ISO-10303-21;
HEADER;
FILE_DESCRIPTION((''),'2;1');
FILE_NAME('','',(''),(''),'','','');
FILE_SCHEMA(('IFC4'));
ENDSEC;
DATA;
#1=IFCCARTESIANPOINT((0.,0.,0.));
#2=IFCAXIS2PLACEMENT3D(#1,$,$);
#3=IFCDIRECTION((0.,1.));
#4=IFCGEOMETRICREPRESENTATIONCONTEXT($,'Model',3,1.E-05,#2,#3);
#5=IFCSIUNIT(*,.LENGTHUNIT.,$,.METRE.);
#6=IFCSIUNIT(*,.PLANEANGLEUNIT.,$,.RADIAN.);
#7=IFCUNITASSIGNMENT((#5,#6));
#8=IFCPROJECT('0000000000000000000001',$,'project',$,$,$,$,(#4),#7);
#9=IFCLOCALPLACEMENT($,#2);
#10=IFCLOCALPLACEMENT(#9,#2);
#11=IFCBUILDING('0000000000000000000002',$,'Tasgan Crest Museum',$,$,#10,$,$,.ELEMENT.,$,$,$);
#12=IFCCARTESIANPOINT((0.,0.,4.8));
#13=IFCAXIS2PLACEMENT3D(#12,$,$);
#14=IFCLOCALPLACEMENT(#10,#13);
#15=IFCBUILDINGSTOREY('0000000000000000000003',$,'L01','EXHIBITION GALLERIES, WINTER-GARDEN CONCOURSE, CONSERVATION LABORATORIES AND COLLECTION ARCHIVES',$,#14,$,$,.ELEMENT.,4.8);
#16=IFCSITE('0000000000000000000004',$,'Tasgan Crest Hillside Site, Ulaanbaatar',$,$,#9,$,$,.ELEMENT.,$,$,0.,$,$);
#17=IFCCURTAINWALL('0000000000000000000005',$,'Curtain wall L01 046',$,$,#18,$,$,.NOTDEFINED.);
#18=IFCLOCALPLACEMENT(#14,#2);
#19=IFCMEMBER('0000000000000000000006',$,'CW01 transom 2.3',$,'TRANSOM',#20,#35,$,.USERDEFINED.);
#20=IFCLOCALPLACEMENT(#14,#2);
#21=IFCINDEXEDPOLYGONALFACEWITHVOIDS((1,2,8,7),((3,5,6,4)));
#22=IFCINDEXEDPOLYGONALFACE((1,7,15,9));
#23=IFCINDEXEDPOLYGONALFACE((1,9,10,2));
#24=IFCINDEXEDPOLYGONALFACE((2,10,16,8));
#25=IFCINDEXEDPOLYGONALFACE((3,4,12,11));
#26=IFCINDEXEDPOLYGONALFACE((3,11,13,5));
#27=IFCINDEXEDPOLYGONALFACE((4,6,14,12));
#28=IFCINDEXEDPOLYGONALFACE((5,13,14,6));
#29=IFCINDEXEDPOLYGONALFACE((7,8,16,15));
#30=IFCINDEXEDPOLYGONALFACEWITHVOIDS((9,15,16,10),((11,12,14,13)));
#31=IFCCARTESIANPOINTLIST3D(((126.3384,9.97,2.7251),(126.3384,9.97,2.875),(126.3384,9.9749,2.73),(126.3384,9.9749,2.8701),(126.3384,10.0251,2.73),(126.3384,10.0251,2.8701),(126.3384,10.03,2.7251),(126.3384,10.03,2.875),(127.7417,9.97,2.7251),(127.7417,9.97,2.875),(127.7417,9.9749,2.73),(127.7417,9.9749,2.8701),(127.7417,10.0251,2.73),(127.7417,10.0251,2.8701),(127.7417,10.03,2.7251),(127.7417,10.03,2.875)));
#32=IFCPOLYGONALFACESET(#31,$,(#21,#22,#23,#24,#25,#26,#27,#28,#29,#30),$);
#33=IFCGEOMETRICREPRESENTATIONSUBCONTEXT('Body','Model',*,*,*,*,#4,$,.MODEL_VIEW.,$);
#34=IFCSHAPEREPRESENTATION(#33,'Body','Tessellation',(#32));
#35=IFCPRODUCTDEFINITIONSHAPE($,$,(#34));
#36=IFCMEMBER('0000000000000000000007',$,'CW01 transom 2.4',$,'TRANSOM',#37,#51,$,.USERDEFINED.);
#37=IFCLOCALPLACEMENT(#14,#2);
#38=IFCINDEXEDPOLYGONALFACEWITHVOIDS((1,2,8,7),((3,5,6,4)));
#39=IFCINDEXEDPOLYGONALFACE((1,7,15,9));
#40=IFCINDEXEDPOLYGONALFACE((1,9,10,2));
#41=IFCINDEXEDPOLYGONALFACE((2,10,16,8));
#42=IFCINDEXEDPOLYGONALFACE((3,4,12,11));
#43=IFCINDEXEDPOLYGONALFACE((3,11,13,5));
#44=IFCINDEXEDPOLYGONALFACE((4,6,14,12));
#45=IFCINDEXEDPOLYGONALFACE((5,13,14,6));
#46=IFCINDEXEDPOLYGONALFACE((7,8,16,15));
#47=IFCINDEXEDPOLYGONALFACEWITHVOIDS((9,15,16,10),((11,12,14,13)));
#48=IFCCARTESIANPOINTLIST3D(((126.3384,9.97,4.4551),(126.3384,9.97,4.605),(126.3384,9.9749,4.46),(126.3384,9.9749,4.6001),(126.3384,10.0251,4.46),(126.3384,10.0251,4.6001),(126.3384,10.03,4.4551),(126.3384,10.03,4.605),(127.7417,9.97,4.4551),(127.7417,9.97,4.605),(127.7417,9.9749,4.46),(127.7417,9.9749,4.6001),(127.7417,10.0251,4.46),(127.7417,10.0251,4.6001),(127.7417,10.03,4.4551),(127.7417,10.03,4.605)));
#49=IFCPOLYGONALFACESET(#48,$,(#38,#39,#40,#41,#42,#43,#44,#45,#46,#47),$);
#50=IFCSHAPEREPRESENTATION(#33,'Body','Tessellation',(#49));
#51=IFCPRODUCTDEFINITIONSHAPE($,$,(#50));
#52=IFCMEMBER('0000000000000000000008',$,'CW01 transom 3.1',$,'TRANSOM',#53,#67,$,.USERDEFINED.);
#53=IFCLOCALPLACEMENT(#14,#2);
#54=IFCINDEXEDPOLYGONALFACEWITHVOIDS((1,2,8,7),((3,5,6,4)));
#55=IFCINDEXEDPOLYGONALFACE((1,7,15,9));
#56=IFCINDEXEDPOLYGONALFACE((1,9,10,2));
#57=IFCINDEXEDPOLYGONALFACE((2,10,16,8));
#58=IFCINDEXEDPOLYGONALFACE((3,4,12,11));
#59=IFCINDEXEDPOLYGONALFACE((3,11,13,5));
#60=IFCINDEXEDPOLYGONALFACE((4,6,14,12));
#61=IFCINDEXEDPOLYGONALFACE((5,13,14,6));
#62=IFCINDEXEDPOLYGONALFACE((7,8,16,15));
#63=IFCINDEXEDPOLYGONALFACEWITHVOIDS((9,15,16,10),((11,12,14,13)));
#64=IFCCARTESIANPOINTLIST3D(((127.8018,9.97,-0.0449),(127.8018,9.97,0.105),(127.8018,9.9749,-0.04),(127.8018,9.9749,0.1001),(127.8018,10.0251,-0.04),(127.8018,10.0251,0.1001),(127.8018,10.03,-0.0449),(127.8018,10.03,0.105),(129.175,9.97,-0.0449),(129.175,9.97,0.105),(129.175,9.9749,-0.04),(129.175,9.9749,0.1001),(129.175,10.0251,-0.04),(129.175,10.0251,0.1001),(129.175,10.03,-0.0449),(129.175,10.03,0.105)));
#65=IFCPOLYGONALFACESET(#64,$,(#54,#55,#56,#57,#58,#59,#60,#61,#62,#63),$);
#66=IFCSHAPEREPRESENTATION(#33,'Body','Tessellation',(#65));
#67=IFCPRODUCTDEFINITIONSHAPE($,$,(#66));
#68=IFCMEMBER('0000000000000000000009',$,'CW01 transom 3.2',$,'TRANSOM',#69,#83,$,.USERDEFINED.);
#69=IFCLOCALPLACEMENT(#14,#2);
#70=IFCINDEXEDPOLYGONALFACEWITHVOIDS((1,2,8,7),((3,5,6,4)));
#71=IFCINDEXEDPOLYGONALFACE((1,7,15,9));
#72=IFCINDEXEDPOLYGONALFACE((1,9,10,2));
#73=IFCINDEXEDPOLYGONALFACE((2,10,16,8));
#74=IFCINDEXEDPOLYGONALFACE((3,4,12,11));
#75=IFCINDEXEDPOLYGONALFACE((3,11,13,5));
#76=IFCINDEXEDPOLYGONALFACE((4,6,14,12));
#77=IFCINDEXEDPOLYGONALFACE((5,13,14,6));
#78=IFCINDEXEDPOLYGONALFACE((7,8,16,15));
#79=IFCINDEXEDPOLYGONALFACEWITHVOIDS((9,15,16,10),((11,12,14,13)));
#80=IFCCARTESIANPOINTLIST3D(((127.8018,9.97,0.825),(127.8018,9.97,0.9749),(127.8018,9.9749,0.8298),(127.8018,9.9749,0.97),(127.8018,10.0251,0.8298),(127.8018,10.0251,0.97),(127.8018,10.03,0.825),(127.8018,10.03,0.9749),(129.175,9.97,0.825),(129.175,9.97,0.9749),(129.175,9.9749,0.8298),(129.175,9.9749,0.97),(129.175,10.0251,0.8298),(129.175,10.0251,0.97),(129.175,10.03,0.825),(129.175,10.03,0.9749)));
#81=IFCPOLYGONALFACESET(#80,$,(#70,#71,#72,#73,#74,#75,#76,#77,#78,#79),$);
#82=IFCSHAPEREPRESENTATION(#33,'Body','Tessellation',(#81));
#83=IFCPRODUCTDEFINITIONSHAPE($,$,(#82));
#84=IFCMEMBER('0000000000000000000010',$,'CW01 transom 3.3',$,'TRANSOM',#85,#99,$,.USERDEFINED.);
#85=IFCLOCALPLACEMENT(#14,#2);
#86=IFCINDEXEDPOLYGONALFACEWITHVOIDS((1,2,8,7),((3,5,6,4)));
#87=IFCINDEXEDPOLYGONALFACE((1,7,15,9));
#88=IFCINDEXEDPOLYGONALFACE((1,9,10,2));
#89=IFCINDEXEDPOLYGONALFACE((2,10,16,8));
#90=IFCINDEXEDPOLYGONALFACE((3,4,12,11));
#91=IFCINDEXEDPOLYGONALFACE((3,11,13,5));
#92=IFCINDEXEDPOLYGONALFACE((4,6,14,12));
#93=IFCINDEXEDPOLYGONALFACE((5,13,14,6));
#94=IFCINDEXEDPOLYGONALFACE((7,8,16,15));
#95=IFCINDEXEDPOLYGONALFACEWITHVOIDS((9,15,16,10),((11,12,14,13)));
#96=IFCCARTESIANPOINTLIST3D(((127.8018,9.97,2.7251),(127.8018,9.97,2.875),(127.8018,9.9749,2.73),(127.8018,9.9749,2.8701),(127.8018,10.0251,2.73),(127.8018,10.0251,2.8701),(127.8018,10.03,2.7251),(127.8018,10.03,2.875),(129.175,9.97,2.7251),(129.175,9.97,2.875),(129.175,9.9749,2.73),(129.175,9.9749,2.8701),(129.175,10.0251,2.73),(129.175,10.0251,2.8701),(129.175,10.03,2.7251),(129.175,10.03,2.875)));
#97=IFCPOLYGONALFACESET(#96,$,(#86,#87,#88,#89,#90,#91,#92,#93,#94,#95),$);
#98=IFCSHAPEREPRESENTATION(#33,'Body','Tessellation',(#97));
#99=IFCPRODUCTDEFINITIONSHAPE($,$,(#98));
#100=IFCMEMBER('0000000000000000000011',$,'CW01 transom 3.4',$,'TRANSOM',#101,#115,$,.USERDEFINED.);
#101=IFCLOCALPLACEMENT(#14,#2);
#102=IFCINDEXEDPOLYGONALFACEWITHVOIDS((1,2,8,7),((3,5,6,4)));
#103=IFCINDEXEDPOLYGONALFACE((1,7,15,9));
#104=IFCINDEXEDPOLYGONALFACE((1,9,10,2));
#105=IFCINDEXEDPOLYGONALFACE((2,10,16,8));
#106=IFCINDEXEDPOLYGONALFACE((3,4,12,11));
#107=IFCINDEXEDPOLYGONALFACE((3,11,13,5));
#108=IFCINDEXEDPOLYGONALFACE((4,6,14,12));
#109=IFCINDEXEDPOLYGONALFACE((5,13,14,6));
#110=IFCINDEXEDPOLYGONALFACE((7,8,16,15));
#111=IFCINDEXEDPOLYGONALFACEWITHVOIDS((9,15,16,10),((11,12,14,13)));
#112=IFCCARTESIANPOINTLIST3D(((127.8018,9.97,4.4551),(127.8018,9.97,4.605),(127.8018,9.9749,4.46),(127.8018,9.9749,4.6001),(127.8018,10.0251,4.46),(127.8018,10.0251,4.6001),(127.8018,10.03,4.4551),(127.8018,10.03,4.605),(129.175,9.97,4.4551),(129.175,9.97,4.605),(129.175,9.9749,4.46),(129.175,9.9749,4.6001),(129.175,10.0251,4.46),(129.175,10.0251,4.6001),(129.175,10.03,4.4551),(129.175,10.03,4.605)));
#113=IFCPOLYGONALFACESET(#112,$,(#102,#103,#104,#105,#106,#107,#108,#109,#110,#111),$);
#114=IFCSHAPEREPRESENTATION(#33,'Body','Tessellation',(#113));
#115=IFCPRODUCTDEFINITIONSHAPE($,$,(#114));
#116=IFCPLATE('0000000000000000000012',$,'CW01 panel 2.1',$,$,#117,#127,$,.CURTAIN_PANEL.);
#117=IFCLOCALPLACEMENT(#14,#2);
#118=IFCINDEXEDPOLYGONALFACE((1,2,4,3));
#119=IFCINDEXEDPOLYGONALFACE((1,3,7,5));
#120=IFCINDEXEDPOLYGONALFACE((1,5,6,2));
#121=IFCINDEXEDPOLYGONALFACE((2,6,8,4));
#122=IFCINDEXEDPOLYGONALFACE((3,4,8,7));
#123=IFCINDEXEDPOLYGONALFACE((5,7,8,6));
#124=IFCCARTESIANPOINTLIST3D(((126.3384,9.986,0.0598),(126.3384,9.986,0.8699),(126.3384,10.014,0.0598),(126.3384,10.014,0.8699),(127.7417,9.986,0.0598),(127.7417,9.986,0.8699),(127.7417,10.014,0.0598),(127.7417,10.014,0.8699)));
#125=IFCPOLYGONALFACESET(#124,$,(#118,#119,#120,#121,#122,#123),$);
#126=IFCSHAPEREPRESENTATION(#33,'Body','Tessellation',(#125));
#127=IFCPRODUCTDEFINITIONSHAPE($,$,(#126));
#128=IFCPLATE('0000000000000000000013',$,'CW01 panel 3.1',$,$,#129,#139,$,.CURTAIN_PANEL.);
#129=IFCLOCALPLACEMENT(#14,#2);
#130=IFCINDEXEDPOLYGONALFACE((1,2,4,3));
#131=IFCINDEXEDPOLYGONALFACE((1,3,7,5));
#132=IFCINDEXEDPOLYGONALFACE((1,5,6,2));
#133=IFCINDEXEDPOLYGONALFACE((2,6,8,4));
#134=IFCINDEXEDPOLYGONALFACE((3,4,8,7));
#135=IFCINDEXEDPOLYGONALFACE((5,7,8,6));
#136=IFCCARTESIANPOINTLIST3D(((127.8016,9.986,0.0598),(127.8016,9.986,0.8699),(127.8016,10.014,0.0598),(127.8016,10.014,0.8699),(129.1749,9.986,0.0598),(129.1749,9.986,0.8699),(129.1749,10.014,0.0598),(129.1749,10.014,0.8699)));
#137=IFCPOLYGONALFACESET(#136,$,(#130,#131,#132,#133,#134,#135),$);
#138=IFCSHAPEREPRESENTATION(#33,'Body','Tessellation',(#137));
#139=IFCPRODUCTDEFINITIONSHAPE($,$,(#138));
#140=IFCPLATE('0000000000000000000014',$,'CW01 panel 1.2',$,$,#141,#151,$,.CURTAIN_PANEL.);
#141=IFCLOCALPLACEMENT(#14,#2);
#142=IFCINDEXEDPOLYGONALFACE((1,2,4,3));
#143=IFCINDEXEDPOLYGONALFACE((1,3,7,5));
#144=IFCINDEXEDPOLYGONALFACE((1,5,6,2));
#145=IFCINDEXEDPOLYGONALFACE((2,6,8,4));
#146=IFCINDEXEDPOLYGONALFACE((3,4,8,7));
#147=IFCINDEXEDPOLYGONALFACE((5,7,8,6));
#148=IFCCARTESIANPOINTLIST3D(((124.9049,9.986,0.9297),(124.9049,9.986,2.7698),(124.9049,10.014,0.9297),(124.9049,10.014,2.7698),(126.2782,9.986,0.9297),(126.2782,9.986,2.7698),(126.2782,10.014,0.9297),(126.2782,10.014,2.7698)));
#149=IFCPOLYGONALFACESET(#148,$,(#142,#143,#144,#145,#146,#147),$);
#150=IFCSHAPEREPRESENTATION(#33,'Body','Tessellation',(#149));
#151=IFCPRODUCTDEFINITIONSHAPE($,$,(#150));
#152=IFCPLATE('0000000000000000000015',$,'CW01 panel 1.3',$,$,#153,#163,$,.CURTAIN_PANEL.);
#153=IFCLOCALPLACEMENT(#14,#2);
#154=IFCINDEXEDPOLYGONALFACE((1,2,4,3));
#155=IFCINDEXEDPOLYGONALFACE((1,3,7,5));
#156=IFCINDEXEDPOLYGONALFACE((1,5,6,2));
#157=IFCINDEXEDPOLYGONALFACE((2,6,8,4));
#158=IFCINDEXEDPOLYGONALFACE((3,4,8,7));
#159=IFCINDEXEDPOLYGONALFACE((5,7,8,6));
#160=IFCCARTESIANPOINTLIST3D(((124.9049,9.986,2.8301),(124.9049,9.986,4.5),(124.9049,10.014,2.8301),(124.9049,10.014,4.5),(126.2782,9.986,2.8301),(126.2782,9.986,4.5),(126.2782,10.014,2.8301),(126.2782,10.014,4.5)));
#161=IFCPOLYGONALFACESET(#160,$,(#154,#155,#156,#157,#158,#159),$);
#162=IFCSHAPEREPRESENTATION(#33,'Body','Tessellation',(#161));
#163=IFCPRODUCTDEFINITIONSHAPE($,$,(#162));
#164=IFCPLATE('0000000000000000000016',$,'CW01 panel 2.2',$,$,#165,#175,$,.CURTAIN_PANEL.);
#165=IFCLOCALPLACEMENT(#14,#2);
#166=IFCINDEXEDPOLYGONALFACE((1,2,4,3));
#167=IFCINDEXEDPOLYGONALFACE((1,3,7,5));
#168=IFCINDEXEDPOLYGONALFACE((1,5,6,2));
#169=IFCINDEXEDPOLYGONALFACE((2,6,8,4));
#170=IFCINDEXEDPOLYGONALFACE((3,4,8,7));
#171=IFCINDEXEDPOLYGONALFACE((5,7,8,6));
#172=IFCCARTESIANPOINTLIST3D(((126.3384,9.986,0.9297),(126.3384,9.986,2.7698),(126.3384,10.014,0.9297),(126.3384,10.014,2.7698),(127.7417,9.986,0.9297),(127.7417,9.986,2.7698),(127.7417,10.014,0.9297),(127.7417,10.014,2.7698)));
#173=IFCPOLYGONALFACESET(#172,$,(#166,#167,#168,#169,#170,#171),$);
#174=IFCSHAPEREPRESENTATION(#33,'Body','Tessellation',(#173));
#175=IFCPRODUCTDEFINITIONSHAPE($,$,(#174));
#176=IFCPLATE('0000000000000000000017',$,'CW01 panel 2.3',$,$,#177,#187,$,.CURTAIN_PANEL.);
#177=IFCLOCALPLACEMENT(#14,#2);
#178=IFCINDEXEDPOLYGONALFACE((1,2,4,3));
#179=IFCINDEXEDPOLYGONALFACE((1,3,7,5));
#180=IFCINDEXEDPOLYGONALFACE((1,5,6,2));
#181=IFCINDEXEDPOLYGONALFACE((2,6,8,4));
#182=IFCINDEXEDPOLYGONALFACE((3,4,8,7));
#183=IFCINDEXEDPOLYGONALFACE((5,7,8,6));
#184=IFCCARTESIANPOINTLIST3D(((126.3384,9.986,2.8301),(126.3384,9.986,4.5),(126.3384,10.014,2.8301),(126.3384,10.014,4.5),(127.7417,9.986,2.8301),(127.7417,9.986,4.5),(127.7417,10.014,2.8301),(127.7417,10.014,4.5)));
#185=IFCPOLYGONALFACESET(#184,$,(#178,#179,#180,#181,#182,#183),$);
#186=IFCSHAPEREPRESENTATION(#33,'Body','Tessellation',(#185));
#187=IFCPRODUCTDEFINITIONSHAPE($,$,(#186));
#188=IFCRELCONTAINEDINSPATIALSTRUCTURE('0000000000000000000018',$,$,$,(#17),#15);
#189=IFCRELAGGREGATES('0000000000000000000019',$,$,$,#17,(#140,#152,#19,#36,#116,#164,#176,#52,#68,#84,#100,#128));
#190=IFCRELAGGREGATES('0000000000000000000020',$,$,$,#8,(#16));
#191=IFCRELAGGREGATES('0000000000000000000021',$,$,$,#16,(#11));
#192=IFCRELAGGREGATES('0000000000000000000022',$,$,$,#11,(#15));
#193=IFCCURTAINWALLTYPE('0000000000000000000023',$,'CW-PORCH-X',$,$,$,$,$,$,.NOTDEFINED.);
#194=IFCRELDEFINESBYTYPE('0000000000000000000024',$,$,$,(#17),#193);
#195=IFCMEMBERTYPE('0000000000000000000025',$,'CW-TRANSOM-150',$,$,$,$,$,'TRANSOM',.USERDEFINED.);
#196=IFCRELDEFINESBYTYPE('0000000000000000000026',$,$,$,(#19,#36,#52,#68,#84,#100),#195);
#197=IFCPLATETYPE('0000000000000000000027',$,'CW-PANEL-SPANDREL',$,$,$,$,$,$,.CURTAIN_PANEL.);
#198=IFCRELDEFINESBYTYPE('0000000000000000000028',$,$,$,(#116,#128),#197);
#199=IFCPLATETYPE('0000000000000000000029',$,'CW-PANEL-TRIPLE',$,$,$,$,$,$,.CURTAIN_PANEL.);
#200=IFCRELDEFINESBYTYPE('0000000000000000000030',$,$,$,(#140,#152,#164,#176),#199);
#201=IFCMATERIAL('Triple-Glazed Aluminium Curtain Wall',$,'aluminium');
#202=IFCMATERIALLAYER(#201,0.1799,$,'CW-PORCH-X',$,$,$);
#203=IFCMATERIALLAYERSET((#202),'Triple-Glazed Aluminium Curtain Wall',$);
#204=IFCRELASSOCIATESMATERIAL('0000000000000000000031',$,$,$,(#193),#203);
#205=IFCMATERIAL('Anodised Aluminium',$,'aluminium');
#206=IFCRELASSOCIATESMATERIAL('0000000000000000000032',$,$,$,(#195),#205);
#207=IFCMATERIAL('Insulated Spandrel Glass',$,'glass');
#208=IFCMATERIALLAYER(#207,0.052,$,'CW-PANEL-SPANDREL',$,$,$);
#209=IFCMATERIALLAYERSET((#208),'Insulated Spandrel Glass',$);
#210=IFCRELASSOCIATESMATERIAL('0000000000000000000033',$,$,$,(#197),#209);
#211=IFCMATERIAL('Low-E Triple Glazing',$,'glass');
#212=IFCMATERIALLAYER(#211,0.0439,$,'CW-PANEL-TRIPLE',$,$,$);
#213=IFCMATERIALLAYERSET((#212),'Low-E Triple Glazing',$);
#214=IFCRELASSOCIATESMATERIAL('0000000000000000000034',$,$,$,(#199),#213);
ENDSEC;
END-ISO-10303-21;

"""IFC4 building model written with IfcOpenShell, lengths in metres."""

from ifc_helpers import new_model, si_unit, direction, frame, origin, origin_2d, place, context, subcontext, project, spatial, rectangle, hollow_rectangle, extrude, material, layer, layer_set, material_profile, profile_set, type_object, element, aggregate, save


model = new_model("IFC4")

# Units and contexts
model_context = context("Model", 3, precision=1e-05, world=origin(), true_north=direction((0.0, 1.0)))
body_context = subcontext(model_context, "Body", "Model", "MODEL_VIEW")
ifc_project = project(units=[si_unit("LENGTHUNIT", "METRE"), si_unit("PLANEANGLEUNIT", "RADIAN")], contexts=[model_context])

# Site, building, storey
site_placement = place(None, origin())
site = spatial("IfcSite", under=ifc_project, at=site_placement, Name="Tasgan Crest Hillside Site, Ulaanbaatar", CompositionType="ELEMENT", RefElevation=0.0)
building_placement = place(site_placement, origin())
building = spatial("IfcBuilding", under=site, at=building_placement, Name="Tasgan Crest Museum", CompositionType="ELEMENT")
storey_placement = place(building_placement, frame((0.0, 0.0, 4.8)))
storey = spatial("IfcBuildingStorey", under=building, at=storey_placement, Name="L01", Description="EXHIBITION GALLERIES, WINTER-GARDEN CONCOURSE, CONSERVATION LABORATORIES AND COLLECTION ARCHIVES", CompositionType="ELEMENT", Elevation=4.8)

# Curtain wall, members, plates
ifc_material_1 = material(Name="Triple-Glazed Aluminium Curtain Wall", Category="aluminium")
ifc_layer_1 = layer(ifc_material_1, 0.1799, Name="CW-PORCH-X")
ifc_layer_set_1 = layer_set([ifc_layer_1], Name="Triple-Glazed Aluminium Curtain Wall")
curtain_wall_type = type_object("IfcCurtainWallType", Name="CW-PORCH-X", PredefinedType="NOTDEFINED", material=ifc_layer_set_1)
curtain_wall_placement = place(storey_placement, origin())
curtain_wall = element("IfcCurtainWall", 1, at=curtain_wall_placement, inside=storey, type_object=curtain_wall_type, Name="Curtain wall L01 046", PredefinedType="NOTDEFINED")
ifc_material_2 = material(Name="Anodised Aluminium", Category="aluminium")
ifc_material_profile_1 = material_profile(ifc_material_2, hollow_rectangle(XDim=0.0601, YDim=0.1499, WallThickness=0.0049, at=origin_2d()), Name="ALU TRANSOM 150x60x5")
ifc_profile_set_1 = profile_set([ifc_material_profile_1], Name="Anodised Aluminium")
member_type_1 = type_object("IfcMemberType", Name="CW-TRANSOM-150", ElementType="TRANSOM", PredefinedType="USERDEFINED", material=ifc_profile_set_1)
member_1_placement = place(storey_placement, frame((126.3384, 10.0, 2.8), z_axis=(1.0, 0.0, 0.0), x_axis=(0.0, 1.0, 0.0)))
member_1 = element("IfcMember", 2, at=member_1_placement, type_object=member_type_1, Name="CW01 transom 2.3", ObjectType="TRANSOM", PredefinedType="USERDEFINED", context=body_context, shape_type="SweptSolid", body=[
    extrude(hollow_rectangle(XDim=0.0601, YDim=0.1499, WallThickness=0.0049, at=origin_2d()), origin(), (0.0, 0.0, 1.0), 1.4033),
])
member_2_placement = place(storey_placement, frame((126.3384, 10.0, 4.53), z_axis=(1.0, 0.0, 0.0), x_axis=(0.0, 1.0, 0.0)))
member_2 = element("IfcMember", 3, at=member_2_placement, type_object=member_type_1, Name="CW01 transom 2.4", ObjectType="TRANSOM", PredefinedType="USERDEFINED", context=body_context, shape_type="SweptSolid", body=[
    extrude(hollow_rectangle(XDim=0.0601, YDim=0.1499, WallThickness=0.0049, at=origin_2d()), origin(), (0.0, 0.0, 1.0), 1.4033),
])
member_3_placement = place(storey_placement, frame((127.8018, 10.0, 0.03), z_axis=(1.0, 0.0, 0.0), x_axis=(0.0, 1.0, 0.0)))
member_3 = element("IfcMember", 4, at=member_3_placement, type_object=member_type_1, Name="CW01 transom 3.1", ObjectType="TRANSOM", PredefinedType="USERDEFINED", context=body_context, shape_type="SweptSolid", body=[
    extrude(hollow_rectangle(XDim=0.0601, YDim=0.1499, WallThickness=0.0049, at=origin_2d()), origin(), (0.0, 0.0, 1.0), 1.3733),
])
member_4_placement = place(storey_placement, frame((127.8018, 10.0, 0.8999), z_axis=(1.0, 0.0, 0.0), x_axis=(0.0, 1.0, 0.0)))
member_4 = element("IfcMember", 5, at=member_4_placement, type_object=member_type_1, Name="CW01 transom 3.2", ObjectType="TRANSOM", PredefinedType="USERDEFINED", context=body_context, shape_type="SweptSolid", body=[
    extrude(hollow_rectangle(XDim=0.0601, YDim=0.1499, WallThickness=0.0049, at=origin_2d()), origin(), (0.0, 0.0, 1.0), 1.3733),
])
member_5_placement = place(storey_placement, frame((127.8018, 10.0, 2.8), z_axis=(1.0, 0.0, 0.0), x_axis=(0.0, 1.0, 0.0)))
member_5 = element("IfcMember", 6, at=member_5_placement, type_object=member_type_1, Name="CW01 transom 3.3", ObjectType="TRANSOM", PredefinedType="USERDEFINED", context=body_context, shape_type="SweptSolid", body=[
    extrude(hollow_rectangle(XDim=0.0601, YDim=0.1499, WallThickness=0.0049, at=origin_2d()), origin(), (0.0, 0.0, 1.0), 1.3733),
])
member_6_placement = place(storey_placement, frame((127.8018, 10.0, 4.53), z_axis=(1.0, 0.0, 0.0), x_axis=(0.0, 1.0, 0.0)))
member_6 = element("IfcMember", 7, at=member_6_placement, type_object=member_type_1, Name="CW01 transom 3.4", ObjectType="TRANSOM", PredefinedType="USERDEFINED", context=body_context, shape_type="SweptSolid", body=[
    extrude(hollow_rectangle(XDim=0.0601, YDim=0.1499, WallThickness=0.0049, at=origin_2d()), origin(), (0.0, 0.0, 1.0), 1.3733),
])
ifc_material_3 = material(Name="Insulated Spandrel Glass", Category="glass")
ifc_layer_2 = layer(ifc_material_3, 0.052, Name="CW-PANEL-SPANDREL")
ifc_layer_set_2 = layer_set([ifc_layer_2], Name="Insulated Spandrel Glass")
plate_type_1 = type_object("IfcPlateType", Name="CW-PANEL-SPANDREL", PredefinedType="CURTAIN_PANEL", material=ifc_layer_set_2)
plate_1_placement = place(storey_placement, frame((127.04, 10.0, 0.0598), z_axis=(0.0, 0.0, 1.0), x_axis=(1.0, 0.0, 0.0)))
plate_1 = element("IfcPlate", 8, at=plate_1_placement, type_object=plate_type_1, Name="CW01 panel 2.1", PredefinedType="CURTAIN_PANEL", context=body_context, shape_type="SweptSolid", body=[
    extrude(rectangle(XDim=1.4033, YDim=0.0281, at=origin_2d()), origin(), (0.0, 0.0, 1.0), 0.8101),
])
plate_2_placement = place(storey_placement, frame((128.4883, 10.0, 0.0598), z_axis=(0.0, 0.0, 1.0), x_axis=(1.0, 0.0, 0.0)))
plate_2 = element("IfcPlate", 9, at=plate_2_placement, type_object=plate_type_1, Name="CW01 panel 3.1", PredefinedType="CURTAIN_PANEL", context=body_context, shape_type="SweptSolid", body=[
    extrude(rectangle(XDim=1.3733, YDim=0.0281, at=origin_2d()), origin(), (0.0, 0.0, 1.0), 0.8101),
])
ifc_material_4 = material(Name="Low-E Triple Glazing", Category="glass")
ifc_layer_3 = layer(ifc_material_4, 0.0439, Name="CW-PANEL-TRIPLE")
ifc_layer_set_3 = layer_set([ifc_layer_3], Name="Low-E Triple Glazing")
plate_type_2 = type_object("IfcPlateType", Name="CW-PANEL-TRIPLE", PredefinedType="CURTAIN_PANEL", material=ifc_layer_set_3)
plate_3_placement = place(storey_placement, frame((125.5916, 10.0, 0.9297), z_axis=(0.0, 0.0, 1.0), x_axis=(1.0, 0.0, 0.0)))
plate_3 = element("IfcPlate", 10, at=plate_3_placement, type_object=plate_type_2, Name="CW01 panel 1.2", PredefinedType="CURTAIN_PANEL", context=body_context, shape_type="SweptSolid", body=[
    extrude(rectangle(XDim=1.3733, YDim=0.0281, at=origin_2d()), origin(), (0.0, 0.0, 1.0), 1.8401),
])
plate_4_placement = place(storey_placement, frame((125.5916, 10.0, 2.8301), z_axis=(0.0, 0.0, 1.0), x_axis=(1.0, 0.0, 0.0)))
plate_4 = element("IfcPlate", 11, at=plate_4_placement, type_object=plate_type_2, Name="CW01 panel 1.3", PredefinedType="CURTAIN_PANEL", context=body_context, shape_type="SweptSolid", body=[
    extrude(rectangle(XDim=1.3733, YDim=0.0281, at=origin_2d()), origin(), (0.0, 0.0, 1.0), 1.6699),
])
plate_5_placement = place(storey_placement, frame((127.04, 10.0, 0.9297), z_axis=(0.0, 0.0, 1.0), x_axis=(1.0, 0.0, 0.0)))
plate_5 = element("IfcPlate", 12, at=plate_5_placement, type_object=plate_type_2, Name="CW01 panel 2.2", PredefinedType="CURTAIN_PANEL", context=body_context, shape_type="SweptSolid", body=[
    extrude(rectangle(XDim=1.4033, YDim=0.0281, at=origin_2d()), origin(), (0.0, 0.0, 1.0), 1.8401),
])
plate_6_placement = place(storey_placement, frame((127.04, 10.0, 2.8301), z_axis=(0.0, 0.0, 1.0), x_axis=(1.0, 0.0, 0.0)))
plate_6 = element("IfcPlate", 13, at=plate_6_placement, type_object=plate_type_2, Name="CW01 panel 2.3", PredefinedType="CURTAIN_PANEL", context=body_context, shape_type="SweptSolid", body=[
    extrude(rectangle(XDim=1.4033, YDim=0.0281, at=origin_2d()), origin(), (0.0, 0.0, 1.0), 1.6699),
])
aggregate(curtain_wall, [plate_3, plate_4, member_1, member_2, plate_1, plate_5, plate_6, member_3, member_4, member_5, member_6, plate_2])

save(model, "model.ifc")
